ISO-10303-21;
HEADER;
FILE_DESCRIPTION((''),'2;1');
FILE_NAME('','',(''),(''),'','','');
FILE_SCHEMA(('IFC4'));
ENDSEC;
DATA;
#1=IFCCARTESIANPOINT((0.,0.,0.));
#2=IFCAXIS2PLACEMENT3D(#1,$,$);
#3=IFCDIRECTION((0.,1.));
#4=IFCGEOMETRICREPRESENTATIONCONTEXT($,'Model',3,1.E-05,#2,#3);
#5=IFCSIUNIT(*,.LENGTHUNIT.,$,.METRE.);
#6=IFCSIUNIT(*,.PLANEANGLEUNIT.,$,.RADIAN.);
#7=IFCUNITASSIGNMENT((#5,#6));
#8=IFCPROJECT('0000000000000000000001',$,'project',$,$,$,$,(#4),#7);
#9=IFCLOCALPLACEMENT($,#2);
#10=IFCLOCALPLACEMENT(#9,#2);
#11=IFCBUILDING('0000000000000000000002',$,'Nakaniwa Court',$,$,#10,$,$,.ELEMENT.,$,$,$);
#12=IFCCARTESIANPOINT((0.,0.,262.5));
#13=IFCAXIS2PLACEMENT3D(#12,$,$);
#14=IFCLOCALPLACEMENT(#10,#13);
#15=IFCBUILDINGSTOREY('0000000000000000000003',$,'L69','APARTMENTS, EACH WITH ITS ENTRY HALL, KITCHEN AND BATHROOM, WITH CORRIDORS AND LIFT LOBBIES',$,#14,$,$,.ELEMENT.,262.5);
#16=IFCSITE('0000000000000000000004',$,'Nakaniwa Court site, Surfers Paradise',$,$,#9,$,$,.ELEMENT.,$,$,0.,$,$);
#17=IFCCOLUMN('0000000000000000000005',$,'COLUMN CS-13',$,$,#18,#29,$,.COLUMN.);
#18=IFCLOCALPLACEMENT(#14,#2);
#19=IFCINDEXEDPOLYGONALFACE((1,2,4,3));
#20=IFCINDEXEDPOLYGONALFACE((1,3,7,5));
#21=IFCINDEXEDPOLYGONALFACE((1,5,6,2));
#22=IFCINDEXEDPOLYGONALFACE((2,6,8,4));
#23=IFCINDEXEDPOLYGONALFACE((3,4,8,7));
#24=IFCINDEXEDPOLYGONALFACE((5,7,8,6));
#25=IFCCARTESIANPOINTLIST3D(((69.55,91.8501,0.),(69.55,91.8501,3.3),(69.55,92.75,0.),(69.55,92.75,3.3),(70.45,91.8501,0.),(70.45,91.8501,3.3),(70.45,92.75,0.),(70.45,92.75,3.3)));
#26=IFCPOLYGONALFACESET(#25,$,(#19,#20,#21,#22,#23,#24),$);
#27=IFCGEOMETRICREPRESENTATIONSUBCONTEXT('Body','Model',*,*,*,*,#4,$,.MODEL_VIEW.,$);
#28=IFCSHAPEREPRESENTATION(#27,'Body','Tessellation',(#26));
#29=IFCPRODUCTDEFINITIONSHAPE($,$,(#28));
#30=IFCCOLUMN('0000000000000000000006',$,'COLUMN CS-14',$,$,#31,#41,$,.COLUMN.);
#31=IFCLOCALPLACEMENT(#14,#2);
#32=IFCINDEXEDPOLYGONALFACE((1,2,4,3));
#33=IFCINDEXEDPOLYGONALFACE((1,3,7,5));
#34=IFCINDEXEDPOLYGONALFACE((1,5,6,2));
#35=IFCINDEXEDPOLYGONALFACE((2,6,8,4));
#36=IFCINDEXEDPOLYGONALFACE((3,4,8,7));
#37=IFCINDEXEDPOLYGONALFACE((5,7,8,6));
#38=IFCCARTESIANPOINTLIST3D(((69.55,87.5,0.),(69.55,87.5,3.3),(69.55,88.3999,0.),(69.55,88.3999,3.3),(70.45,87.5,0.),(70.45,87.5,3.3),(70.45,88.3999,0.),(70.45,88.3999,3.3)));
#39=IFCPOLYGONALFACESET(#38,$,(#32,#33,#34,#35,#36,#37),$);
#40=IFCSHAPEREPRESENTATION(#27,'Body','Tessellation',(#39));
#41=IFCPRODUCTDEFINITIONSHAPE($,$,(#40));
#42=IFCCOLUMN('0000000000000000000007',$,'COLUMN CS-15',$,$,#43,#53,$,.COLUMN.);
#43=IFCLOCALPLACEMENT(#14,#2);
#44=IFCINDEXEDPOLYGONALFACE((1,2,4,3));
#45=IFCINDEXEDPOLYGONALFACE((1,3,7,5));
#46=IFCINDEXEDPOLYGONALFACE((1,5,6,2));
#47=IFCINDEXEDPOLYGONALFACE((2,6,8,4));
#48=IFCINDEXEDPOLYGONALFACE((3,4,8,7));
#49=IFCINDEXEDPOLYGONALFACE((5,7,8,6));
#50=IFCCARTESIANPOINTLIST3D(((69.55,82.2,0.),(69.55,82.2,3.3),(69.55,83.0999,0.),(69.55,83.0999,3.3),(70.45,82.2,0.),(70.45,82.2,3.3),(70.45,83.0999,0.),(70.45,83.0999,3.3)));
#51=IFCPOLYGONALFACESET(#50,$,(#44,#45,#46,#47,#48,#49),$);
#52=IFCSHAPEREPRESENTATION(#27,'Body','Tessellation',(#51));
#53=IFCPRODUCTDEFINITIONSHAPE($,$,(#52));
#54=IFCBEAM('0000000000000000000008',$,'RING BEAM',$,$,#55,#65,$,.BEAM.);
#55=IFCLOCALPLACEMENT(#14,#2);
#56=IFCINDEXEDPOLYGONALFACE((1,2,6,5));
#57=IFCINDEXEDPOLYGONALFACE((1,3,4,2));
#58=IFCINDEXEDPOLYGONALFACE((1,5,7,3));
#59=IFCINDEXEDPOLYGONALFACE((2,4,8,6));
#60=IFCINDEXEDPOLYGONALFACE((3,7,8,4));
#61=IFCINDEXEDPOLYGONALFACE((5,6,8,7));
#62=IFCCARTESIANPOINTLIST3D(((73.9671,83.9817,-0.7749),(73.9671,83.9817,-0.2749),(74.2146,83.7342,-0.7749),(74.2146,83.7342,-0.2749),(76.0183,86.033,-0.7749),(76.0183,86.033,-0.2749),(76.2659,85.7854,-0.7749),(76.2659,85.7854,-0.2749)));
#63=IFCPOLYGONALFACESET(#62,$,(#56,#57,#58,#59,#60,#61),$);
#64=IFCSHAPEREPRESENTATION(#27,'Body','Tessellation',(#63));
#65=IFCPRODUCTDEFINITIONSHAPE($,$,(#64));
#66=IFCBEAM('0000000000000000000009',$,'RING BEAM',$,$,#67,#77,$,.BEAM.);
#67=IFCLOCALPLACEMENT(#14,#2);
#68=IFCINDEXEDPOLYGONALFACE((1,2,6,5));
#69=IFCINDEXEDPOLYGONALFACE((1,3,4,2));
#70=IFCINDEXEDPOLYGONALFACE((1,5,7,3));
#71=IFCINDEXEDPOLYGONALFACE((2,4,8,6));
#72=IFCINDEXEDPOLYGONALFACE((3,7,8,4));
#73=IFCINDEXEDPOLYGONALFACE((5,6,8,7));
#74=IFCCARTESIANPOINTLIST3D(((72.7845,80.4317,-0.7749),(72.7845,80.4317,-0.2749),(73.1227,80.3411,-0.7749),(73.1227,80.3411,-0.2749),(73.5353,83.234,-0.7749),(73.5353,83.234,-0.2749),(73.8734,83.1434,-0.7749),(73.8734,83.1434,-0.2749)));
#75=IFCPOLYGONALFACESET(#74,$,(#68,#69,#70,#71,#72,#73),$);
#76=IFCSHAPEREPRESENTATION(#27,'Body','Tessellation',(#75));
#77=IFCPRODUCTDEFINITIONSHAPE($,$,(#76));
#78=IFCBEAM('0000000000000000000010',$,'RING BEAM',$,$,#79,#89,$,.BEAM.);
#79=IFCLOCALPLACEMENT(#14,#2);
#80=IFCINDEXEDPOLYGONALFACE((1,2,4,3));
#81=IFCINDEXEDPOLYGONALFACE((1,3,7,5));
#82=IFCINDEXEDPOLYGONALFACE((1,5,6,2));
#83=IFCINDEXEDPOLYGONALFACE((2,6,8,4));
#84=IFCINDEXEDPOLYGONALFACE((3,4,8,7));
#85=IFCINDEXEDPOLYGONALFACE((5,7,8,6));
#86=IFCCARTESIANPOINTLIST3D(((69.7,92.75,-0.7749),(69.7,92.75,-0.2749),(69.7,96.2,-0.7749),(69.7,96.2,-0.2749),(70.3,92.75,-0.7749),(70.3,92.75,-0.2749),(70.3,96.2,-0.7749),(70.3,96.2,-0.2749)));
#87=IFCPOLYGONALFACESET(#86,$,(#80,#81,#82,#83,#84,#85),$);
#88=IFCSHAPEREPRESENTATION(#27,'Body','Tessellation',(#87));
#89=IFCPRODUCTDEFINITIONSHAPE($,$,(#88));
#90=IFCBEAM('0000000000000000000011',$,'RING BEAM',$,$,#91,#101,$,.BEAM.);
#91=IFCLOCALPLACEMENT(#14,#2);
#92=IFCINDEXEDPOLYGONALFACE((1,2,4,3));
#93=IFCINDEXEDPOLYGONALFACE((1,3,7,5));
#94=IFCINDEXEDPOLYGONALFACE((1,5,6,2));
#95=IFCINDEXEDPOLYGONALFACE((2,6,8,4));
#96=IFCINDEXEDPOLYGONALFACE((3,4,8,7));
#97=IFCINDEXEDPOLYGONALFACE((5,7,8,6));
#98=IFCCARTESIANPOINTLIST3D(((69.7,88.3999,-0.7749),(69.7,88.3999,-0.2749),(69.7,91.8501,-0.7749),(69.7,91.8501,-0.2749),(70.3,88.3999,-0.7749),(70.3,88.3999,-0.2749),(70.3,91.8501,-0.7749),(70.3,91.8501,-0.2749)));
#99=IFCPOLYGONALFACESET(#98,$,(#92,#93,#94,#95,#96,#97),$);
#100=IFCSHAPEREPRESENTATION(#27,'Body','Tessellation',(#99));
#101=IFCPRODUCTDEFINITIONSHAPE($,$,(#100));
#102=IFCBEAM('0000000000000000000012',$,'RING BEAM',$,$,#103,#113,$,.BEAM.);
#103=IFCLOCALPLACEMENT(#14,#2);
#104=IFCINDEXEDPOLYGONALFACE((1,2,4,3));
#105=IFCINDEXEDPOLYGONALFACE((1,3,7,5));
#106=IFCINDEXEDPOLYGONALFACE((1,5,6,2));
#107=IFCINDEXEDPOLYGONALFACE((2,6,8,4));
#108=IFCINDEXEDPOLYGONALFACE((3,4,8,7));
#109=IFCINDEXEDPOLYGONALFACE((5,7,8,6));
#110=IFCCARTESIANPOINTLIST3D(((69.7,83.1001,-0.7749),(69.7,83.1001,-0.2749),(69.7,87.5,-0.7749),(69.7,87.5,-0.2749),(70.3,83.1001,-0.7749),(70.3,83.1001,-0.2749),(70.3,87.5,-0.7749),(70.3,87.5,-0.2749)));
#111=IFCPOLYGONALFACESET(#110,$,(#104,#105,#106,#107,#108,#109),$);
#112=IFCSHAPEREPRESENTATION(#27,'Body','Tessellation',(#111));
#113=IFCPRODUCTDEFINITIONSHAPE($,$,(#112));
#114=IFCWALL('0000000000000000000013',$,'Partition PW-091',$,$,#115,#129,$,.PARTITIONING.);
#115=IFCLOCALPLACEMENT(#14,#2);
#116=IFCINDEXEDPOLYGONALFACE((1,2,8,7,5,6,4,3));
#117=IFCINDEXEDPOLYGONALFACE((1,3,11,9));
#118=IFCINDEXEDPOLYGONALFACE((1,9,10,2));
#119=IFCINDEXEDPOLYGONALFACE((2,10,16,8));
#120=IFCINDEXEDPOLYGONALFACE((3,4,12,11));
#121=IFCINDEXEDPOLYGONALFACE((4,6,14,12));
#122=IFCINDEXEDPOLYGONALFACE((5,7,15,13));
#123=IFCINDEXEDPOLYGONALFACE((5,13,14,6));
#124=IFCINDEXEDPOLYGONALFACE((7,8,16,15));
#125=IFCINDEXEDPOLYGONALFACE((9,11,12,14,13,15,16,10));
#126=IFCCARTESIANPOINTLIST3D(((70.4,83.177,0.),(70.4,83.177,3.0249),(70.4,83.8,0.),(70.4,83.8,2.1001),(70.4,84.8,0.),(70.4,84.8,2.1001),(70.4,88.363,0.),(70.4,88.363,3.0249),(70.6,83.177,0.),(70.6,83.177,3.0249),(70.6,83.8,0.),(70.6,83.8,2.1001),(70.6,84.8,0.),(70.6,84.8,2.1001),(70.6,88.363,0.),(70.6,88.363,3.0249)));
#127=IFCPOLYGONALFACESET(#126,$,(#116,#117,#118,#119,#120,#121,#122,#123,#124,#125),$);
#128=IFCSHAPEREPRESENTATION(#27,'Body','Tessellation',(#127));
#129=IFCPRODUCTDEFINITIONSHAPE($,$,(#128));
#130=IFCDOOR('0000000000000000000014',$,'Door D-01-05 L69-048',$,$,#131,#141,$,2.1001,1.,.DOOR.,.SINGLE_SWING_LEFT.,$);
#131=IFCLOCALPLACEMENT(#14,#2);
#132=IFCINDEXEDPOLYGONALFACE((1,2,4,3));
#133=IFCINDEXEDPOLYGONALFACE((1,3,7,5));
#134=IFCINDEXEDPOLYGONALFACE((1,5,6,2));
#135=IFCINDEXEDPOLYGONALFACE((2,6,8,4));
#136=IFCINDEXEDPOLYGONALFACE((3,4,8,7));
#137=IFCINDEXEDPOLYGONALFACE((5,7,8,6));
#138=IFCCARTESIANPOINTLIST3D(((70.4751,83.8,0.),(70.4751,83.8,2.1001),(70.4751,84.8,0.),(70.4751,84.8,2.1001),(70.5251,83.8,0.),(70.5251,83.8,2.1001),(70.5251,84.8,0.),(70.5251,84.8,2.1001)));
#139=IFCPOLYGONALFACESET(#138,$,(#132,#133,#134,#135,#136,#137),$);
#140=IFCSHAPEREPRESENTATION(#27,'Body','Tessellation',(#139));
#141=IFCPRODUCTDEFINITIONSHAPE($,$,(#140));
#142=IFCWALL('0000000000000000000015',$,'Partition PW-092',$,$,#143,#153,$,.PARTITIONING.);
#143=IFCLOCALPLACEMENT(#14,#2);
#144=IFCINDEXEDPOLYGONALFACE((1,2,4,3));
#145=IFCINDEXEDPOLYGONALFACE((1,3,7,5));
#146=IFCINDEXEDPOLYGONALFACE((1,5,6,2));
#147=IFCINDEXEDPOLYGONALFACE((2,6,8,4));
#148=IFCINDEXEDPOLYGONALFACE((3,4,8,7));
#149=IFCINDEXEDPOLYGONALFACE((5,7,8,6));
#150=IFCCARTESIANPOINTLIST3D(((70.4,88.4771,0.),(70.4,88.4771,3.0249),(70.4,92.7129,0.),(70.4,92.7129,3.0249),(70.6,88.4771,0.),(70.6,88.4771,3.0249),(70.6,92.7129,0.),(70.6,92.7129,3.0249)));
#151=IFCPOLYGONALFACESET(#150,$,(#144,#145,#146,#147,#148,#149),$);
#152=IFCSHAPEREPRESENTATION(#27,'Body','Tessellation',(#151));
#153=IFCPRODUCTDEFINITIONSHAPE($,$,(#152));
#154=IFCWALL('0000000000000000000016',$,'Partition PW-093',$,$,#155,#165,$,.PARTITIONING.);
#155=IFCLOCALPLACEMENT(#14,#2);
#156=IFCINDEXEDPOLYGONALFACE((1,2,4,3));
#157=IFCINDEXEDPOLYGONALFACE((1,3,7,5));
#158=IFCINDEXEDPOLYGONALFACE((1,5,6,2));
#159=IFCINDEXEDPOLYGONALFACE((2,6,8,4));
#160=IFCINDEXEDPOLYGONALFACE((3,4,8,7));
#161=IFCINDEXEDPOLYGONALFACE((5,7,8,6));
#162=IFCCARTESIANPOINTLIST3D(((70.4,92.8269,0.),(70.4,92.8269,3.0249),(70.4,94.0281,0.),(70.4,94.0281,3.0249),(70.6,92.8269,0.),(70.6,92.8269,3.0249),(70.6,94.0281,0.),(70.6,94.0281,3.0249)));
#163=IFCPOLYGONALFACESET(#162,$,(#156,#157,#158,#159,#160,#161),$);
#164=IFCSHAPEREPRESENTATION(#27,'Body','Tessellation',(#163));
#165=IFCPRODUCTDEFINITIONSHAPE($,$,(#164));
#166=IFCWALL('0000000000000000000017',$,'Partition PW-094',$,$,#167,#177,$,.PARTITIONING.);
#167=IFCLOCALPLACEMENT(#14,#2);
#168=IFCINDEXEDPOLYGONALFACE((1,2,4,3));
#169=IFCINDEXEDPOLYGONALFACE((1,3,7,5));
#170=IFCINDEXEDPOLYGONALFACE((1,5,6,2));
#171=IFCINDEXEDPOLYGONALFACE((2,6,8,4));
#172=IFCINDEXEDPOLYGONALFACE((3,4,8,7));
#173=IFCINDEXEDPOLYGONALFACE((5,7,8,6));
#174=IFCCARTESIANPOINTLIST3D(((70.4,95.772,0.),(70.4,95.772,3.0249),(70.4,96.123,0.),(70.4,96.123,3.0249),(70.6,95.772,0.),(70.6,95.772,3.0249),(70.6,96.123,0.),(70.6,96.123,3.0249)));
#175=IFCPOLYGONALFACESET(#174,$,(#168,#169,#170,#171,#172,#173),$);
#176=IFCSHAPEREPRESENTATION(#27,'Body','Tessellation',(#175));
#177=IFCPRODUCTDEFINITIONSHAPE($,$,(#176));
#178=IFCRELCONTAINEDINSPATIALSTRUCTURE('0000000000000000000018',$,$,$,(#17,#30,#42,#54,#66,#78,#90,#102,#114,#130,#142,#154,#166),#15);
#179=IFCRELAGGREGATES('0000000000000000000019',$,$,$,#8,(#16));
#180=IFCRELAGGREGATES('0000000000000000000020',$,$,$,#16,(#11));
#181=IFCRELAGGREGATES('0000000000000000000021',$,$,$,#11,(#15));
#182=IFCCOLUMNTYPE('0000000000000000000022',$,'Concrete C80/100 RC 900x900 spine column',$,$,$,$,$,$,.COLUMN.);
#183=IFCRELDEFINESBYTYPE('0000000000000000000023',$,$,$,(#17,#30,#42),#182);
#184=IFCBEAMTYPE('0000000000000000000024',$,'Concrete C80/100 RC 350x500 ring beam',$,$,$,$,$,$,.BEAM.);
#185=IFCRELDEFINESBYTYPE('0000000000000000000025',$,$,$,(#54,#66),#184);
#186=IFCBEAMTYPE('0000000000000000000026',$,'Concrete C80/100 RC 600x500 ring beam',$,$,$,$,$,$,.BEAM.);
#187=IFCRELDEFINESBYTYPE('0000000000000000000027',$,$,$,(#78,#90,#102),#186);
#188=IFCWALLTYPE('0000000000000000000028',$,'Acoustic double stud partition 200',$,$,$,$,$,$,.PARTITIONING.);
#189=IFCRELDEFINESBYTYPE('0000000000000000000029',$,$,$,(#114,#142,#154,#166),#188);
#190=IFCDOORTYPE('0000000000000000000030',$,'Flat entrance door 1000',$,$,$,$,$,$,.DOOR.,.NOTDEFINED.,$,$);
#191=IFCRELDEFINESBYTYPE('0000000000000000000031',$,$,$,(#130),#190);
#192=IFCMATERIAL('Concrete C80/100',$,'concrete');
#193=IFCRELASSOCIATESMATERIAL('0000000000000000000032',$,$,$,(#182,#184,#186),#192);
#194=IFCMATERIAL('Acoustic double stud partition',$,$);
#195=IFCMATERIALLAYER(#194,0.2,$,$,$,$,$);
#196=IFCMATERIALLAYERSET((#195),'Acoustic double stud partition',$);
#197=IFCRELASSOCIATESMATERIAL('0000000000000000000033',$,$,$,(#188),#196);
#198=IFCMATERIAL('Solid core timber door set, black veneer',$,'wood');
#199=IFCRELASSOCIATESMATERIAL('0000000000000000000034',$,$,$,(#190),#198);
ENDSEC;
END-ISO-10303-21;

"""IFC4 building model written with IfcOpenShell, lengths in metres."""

from ifc_helpers import new_model, si_unit, direction, frame, frame_2d, origin, origin_2d, place, context, subcontext, project, spatial, rectangle, extrude, material, layer, layer_set, material_profile, profile_set, type_object, element, fill, save


model = new_model("IFC4")

# Units and contexts
model_context = context("Model", 3, precision=1e-05, world=origin(), true_north=direction((0.0, 1.0)))
body_context = subcontext(model_context, "Body", "Model", "MODEL_VIEW")
ifc_project = project(units=[si_unit("LENGTHUNIT", "METRE"), si_unit("PLANEANGLEUNIT", "RADIAN")], contexts=[model_context])

# Site, building, storey
site_placement = place(None, origin())
site = spatial("IfcSite", under=ifc_project, at=site_placement, Name="Nakaniwa Court site, Surfers Paradise", CompositionType="ELEMENT", RefElevation=0.0)
building_placement = place(site_placement, origin())
building = spatial("IfcBuilding", under=site, at=building_placement, Name="Nakaniwa Court", CompositionType="ELEMENT")
storey_placement = place(building_placement, frame((0.0, 0.0, 262.5)))
storey = spatial("IfcBuildingStorey", under=building, at=storey_placement, Name="L69", Description="APARTMENTS, EACH WITH ITS ENTRY HALL, KITCHEN AND BATHROOM, WITH CORRIDORS AND LIFT LOBBIES", CompositionType="ELEMENT", Elevation=262.5)

# Columns
ifc_material_1 = material(Name="Concrete C80/100", Category="concrete")
ifc_material_profile_1 = material_profile(ifc_material_1, rectangle(XDim=0.8999, YDim=0.8999, at=origin_2d()), Name="Concrete C80/100 RC 900x900 spine column")
ifc_profile_set_1 = profile_set([ifc_material_profile_1], Name="Concrete C80/100")
column_type_1 = type_object("IfcColumnType", Name="Concrete C80/100 RC 900x900 spine column", PredefinedType="COLUMN", material=ifc_profile_set_1)
for number, where, z_axis, x_axis, name in (
    (1, (70.0, 92.3, 0.0), (0.0, 0.0, 1.0), (0.0, -1.0, 0.0), "COLUMN CS-13"),
    (2, (70.0, 87.95, 0.0), (0.0, 0.0, 1.0), (0.0, -1.0, 0.0), "COLUMN CS-14"),
    (3, (70.0, 82.6499, 0.0), (0.0, 0.0, 1.0), (0.0, -1.0, 0.0), "COLUMN CS-15"),
):
    element("IfcColumn", number, at=place(storey_placement, frame(where, z_axis=z_axis, x_axis=x_axis)), inside=storey, type_object=column_type_1, Name=name, PredefinedType="COLUMN", context=body_context, shape_type="SweptSolid", body=[
        extrude(rectangle(XDim=0.8999, YDim=0.8999, at=origin_2d()), origin(), (0.0, 0.0, 1.0), 3.3),
    ])

# Beams
ifc_material_profile_2 = material_profile(ifc_material_1, rectangle(XDim=0.3501, YDim=0.5, at=origin_2d()), Name="Concrete C80/100 RC 350x500 ring beam")
ifc_profile_set_2 = profile_set([ifc_material_profile_2], Name="Concrete C80/100")
beam_type_1 = type_object("IfcBeamType", Name="Concrete C80/100 RC 350x500 ring beam", PredefinedType="BEAM", material=ifc_profile_set_2)
beam_1_placement = place(storey_placement, frame((76.1421, 85.9092, -0.5249), z_axis=(-0.707107, -0.707107, 0.0), x_axis=(0.707107, -0.707107, 0.0)))
element("IfcBeam", 4, at=beam_1_placement, inside=storey, type_object=beam_type_1, Name="RING BEAM", PredefinedType="BEAM", context=body_context, shape_type="SweptSolid", body=[
    extrude(rectangle(XDim=0.3501, YDim=0.5, at=origin_2d()), origin(), (0.0, 0.0, 1.0), 2.9009),
])
beam_2_placement = place(storey_placement, frame((73.7043, 83.1887, -0.5249), z_axis=(-0.258778, -0.965937, 0.0), x_axis=(0.965937, -0.258778, 0.0)))
element("IfcBeam", 5, at=beam_2_placement, inside=storey, type_object=beam_type_1, Name="RING BEAM", PredefinedType="BEAM", context=body_context, shape_type="SweptSolid", body=[
    extrude(rectangle(XDim=0.3501, YDim=0.5, at=origin_2d()), origin(), (0.0, 0.0, 1.0), 2.9011),
])
ifc_material_profile_3 = material_profile(ifc_material_1, rectangle(XDim=0.6001, YDim=0.5, at=origin_2d()), Name="Concrete C80/100 RC 600x500 ring beam")
ifc_profile_set_3 = profile_set([ifc_material_profile_3], Name="Concrete C80/100")
beam_type_2 = type_object("IfcBeamType", Name="Concrete C80/100 RC 600x500 ring beam", PredefinedType="BEAM", material=ifc_profile_set_3)
beam_3_placement = place(storey_placement, frame((70.0, 96.2, -0.5249), z_axis=(0.0, -1.0, 0.0), x_axis=(1.0, 0.0, 0.0)))
element("IfcBeam", 6, at=beam_3_placement, inside=storey, type_object=beam_type_2, Name="RING BEAM", PredefinedType="BEAM", context=body_context, shape_type="SweptSolid", body=[
    extrude(rectangle(XDim=0.6001, YDim=0.5, at=origin_2d()), origin(), (0.0, 0.0, 1.0), 3.45),
])
beam_4_placement = place(storey_placement, frame((70.0, 91.8501, -0.5249), z_axis=(0.0, -1.0, 0.0), x_axis=(1.0, 0.0, 0.0)))
element("IfcBeam", 7, at=beam_4_placement, inside=storey, type_object=beam_type_2, Name="RING BEAM", PredefinedType="BEAM", context=body_context, shape_type="SweptSolid", body=[
    extrude(rectangle(XDim=0.6001, YDim=0.5, at=origin_2d()), origin(), (0.0, 0.0, 1.0), 3.4502),
])
beam_5_placement = place(storey_placement, frame((70.0, 87.5, -0.5249), z_axis=(0.0, -1.0, 0.0), x_axis=(1.0, 0.0, 0.0)))
element("IfcBeam", 8, at=beam_5_placement, inside=storey, type_object=beam_type_2, Name="RING BEAM", PredefinedType="BEAM", context=body_context, shape_type="SweptSolid", body=[
    extrude(rectangle(XDim=0.6001, YDim=0.5, at=origin_2d()), origin(), (0.0, 0.0, 1.0), 4.3999),
])

# Wall, opening, door
ifc_material_2 = material(Name="Acoustic double stud partition")
ifc_layer_1 = layer(ifc_material_2, 0.2)
ifc_layer_set_1 = layer_set([ifc_layer_1], Name="Acoustic double stud partition")
wall_type_1 = type_object("IfcWallType", Name="Acoustic double stud partition 200", PredefinedType="PARTITIONING", material=ifc_layer_set_1)
wall_1_placement = place(storey_placement, frame((70.5, 83.177, 0.0), z_axis=(0.0, 0.0, 1.0), x_axis=(0.0, 1.0, 0.0)))
wall_1 = element("IfcWall", 9, at=wall_1_placement, inside=storey, type_object=wall_type_1, Name="Partition PW-091", PredefinedType="PARTITIONING", context=body_context, shape_type="SweptSolid", body=[
    extrude(rectangle(XDim=5.186, YDim=0.2, at=frame_2d((2.593, 0.0))), origin(), (0.0, 0.0, 1.0), 3.0249),
])
opening_1_placement = place(wall_1_placement, frame((0.623, 0.0, 0.0)))
opening_1 = element("IfcOpeningElement", 10, at=opening_1_placement, cuts=wall_1, PredefinedType="OPENING", context=body_context, shape_type="SweptSolid", body=[
    extrude(rectangle(XDim=1.0, YDim=2.1001, at=frame_2d((0.5, 1.05))), frame((0.0, 0.1099, 0.0), z_axis=(0.0, -1.0, 0.0), x_axis=(1.0, 0.0, 0.0)), (0.0, 0.0, 1.0), 0.22),
])
ifc_material_3 = material(Name="Solid core timber door set, black veneer", Category="wood")
door_type_1 = type_object("IfcDoorType", Name="Flat entrance door 1000", OperationType="NOTDEFINED", PredefinedType="DOOR", material=ifc_material_3)
door_1_placement = place(opening_1_placement, origin())
door_1 = element("IfcDoor", 11, at=door_1_placement, inside=storey, type_object=door_type_1, Name="Door D-01-05 L69-048", OperationType="SINGLE_SWING_LEFT", OverallHeight=2.1001, OverallWidth=1.0, PredefinedType="DOOR", context=body_context, shape_type="SweptSolid", body=[
    extrude(rectangle(XDim=1.0, YDim=2.1001, at=frame_2d((0.5, 1.05))), frame((0.0, 0.0249, 0.0), z_axis=(0.0, -1.0, 0.0), x_axis=(1.0, 0.0, 0.0)), (0.0, 0.0, 1.0), 0.05),
])
fill(opening_1, door_1)

# Walls
wall_2_placement = place(storey_placement, frame((70.5, 88.4771, 0.0), z_axis=(0.0, 0.0, 1.0), x_axis=(0.0, 1.0, 0.0)))
element("IfcWall", 12, at=wall_2_placement, inside=storey, type_object=wall_type_1, Name="Partition PW-092", PredefinedType="PARTITIONING", context=body_context, shape_type="SweptSolid", body=[
    extrude(rectangle(XDim=4.2358, YDim=0.2, at=frame_2d((2.1179, 0.0))), origin(), (0.0, 0.0, 1.0), 3.0249),
])
wall_3_placement = place(storey_placement, frame((70.5, 92.8269, 0.0), z_axis=(0.0, 0.0, 1.0), x_axis=(0.0, 1.0, 0.0)))
element("IfcWall", 13, at=wall_3_placement, inside=storey, type_object=wall_type_1, Name="Partition PW-093", PredefinedType="PARTITIONING", context=body_context, shape_type="SweptSolid", body=[
    extrude(rectangle(XDim=1.2012, YDim=0.2, at=frame_2d((0.6006, 0.0))), origin(), (0.0, 0.0, 1.0), 3.0249),
])
wall_4_placement = place(storey_placement, frame((70.5, 95.772, 0.0), z_axis=(0.0, 0.0, 1.0), x_axis=(0.0, 1.0, 0.0)))
element("IfcWall", 14, at=wall_4_placement, inside=storey, type_object=wall_type_1, Name="Partition PW-094", PredefinedType="PARTITIONING", context=body_context, shape_type="SweptSolid", body=[
    extrude(rectangle(XDim=0.3511, YDim=0.2, at=frame_2d((0.1755, 0.0))), origin(), (0.0, 0.0, 1.0), 3.0249),
])

save(model, "model.ifc")
